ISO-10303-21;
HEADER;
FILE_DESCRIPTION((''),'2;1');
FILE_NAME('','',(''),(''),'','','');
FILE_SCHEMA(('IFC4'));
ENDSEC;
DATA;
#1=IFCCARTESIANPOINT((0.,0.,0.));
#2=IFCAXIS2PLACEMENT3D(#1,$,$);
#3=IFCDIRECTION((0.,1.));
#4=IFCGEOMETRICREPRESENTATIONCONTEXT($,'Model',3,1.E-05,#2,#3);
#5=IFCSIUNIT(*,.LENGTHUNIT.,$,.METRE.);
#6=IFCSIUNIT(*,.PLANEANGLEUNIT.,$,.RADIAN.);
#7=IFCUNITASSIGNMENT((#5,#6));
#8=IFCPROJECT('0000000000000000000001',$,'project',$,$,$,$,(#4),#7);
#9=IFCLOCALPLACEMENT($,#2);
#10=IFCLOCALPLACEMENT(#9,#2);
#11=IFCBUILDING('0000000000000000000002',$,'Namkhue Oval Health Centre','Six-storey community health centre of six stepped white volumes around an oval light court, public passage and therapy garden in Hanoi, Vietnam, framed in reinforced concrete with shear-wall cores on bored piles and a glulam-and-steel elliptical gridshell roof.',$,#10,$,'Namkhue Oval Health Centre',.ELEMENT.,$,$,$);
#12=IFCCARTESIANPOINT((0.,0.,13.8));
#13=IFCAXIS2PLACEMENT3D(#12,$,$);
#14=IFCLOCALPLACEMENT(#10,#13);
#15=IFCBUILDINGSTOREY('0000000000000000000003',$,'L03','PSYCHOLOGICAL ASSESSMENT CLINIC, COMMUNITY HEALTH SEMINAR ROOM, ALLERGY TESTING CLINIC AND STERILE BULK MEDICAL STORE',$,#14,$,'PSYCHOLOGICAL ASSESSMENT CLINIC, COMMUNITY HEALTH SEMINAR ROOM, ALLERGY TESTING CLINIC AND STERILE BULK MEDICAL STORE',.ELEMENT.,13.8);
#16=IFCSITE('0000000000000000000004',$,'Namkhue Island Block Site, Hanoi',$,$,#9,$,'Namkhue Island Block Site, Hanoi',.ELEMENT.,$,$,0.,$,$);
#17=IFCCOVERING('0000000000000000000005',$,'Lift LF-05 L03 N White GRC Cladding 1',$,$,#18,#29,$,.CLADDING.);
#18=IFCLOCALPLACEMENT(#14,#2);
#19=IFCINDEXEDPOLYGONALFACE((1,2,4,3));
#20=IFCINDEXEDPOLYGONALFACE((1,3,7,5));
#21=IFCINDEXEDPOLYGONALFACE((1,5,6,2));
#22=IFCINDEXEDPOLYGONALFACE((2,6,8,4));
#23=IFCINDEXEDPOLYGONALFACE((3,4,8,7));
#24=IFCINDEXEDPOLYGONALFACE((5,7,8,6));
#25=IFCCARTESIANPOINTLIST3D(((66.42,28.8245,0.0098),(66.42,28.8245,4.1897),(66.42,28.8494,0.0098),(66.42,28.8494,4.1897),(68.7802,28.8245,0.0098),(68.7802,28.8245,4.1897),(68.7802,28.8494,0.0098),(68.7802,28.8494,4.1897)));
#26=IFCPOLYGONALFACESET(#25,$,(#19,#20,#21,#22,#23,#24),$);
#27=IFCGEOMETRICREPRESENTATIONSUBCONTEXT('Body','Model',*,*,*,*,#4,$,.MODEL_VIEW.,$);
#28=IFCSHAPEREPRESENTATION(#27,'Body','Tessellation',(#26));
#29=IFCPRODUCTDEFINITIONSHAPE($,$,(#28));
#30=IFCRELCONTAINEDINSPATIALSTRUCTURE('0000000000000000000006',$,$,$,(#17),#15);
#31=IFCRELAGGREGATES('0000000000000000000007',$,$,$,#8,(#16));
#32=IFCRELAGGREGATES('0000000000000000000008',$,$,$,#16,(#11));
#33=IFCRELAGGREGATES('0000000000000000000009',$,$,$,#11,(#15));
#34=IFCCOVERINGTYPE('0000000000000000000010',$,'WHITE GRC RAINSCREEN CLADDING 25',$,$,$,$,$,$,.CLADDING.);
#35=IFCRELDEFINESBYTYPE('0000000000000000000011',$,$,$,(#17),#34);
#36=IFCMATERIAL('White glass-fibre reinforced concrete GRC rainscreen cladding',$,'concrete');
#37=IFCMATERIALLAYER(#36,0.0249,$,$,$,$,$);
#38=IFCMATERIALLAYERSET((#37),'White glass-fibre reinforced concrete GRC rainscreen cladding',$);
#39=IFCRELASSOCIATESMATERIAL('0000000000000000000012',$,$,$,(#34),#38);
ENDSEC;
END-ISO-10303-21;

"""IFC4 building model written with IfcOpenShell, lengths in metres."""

from ifc_helpers import new_model, si_unit, direction, frame, origin, origin_2d, place, context, subcontext, project, spatial, rectangle, extrude, material, layer, layer_set, type_object, element, save


model = new_model("IFC4")

# Units and contexts
model_context = context("Model", 3, precision=1e-05, world=origin(), true_north=direction((0.0, 1.0)))
body_context = subcontext(model_context, "Body", "Model", "MODEL_VIEW")
ifc_project = project(units=[si_unit("LENGTHUNIT", "METRE"), si_unit("PLANEANGLEUNIT", "RADIAN")], contexts=[model_context])

# Site, building, storey
site_placement = place(None, origin())
site = spatial("IfcSite", under=ifc_project, at=site_placement, Name="Namkhue Island Block Site, Hanoi", LongName="Namkhue Island Block Site, Hanoi", CompositionType="ELEMENT", RefElevation=0.0)
building_placement = place(site_placement, origin())
building = spatial("IfcBuilding", under=site, at=building_placement, Name="Namkhue Oval Health Centre", Description="Six-storey community health centre of six stepped white volumes around an oval light court, public passage and therapy garden in Hanoi, Vietnam, framed in reinforced concrete with shear-wall cores on bored piles and a glulam-and-steel elliptical gridshell roof.", LongName="Namkhue Oval Health Centre", CompositionType="ELEMENT")
storey_placement = place(building_placement, frame((0.0, 0.0, 13.8)))
storey = spatial("IfcBuildingStorey", under=building, at=storey_placement, Name="L03", Description="PSYCHOLOGICAL ASSESSMENT CLINIC, COMMUNITY HEALTH SEMINAR ROOM, ALLERGY TESTING CLINIC AND STERILE BULK MEDICAL STORE", LongName="PSYCHOLOGICAL ASSESSMENT CLINIC, COMMUNITY HEALTH SEMINAR ROOM, ALLERGY TESTING CLINIC AND STERILE BULK MEDICAL STORE", CompositionType="ELEMENT", Elevation=13.8)

# Covering
ifc_material_1 = material(Name="White glass-fibre reinforced concrete GRC rainscreen cladding", Category="concrete")
ifc_layer_1 = layer(ifc_material_1, 0.0249)
ifc_layer_set_1 = layer_set([ifc_layer_1], Name="White glass-fibre reinforced concrete GRC rainscreen cladding")
covering_type = type_object("IfcCoveringType", Name="WHITE GRC RAINSCREEN CLADDING 25", PredefinedType="CLADDING", material=ifc_layer_set_1)
covering_1_placement = place(storey_placement, frame((67.6001, 28.8369, 0.0098), z_axis=(0.0, 0.0, 1.0), x_axis=(-1.0, 0.0, 0.0)))
element("IfcCovering", 1, at=covering_1_placement, inside=storey, type_object=covering_type, Name="Lift LF-05 L03 N White GRC Cladding 1", PredefinedType="CLADDING", context=body_context, shape_type="SweptSolid", body=[
    extrude(rectangle(XDim=2.3601, YDim=0.0249, at=origin_2d()), origin(), (0.0, 0.0, 1.0), 4.1799),
])

save(model, "model.ifc")
